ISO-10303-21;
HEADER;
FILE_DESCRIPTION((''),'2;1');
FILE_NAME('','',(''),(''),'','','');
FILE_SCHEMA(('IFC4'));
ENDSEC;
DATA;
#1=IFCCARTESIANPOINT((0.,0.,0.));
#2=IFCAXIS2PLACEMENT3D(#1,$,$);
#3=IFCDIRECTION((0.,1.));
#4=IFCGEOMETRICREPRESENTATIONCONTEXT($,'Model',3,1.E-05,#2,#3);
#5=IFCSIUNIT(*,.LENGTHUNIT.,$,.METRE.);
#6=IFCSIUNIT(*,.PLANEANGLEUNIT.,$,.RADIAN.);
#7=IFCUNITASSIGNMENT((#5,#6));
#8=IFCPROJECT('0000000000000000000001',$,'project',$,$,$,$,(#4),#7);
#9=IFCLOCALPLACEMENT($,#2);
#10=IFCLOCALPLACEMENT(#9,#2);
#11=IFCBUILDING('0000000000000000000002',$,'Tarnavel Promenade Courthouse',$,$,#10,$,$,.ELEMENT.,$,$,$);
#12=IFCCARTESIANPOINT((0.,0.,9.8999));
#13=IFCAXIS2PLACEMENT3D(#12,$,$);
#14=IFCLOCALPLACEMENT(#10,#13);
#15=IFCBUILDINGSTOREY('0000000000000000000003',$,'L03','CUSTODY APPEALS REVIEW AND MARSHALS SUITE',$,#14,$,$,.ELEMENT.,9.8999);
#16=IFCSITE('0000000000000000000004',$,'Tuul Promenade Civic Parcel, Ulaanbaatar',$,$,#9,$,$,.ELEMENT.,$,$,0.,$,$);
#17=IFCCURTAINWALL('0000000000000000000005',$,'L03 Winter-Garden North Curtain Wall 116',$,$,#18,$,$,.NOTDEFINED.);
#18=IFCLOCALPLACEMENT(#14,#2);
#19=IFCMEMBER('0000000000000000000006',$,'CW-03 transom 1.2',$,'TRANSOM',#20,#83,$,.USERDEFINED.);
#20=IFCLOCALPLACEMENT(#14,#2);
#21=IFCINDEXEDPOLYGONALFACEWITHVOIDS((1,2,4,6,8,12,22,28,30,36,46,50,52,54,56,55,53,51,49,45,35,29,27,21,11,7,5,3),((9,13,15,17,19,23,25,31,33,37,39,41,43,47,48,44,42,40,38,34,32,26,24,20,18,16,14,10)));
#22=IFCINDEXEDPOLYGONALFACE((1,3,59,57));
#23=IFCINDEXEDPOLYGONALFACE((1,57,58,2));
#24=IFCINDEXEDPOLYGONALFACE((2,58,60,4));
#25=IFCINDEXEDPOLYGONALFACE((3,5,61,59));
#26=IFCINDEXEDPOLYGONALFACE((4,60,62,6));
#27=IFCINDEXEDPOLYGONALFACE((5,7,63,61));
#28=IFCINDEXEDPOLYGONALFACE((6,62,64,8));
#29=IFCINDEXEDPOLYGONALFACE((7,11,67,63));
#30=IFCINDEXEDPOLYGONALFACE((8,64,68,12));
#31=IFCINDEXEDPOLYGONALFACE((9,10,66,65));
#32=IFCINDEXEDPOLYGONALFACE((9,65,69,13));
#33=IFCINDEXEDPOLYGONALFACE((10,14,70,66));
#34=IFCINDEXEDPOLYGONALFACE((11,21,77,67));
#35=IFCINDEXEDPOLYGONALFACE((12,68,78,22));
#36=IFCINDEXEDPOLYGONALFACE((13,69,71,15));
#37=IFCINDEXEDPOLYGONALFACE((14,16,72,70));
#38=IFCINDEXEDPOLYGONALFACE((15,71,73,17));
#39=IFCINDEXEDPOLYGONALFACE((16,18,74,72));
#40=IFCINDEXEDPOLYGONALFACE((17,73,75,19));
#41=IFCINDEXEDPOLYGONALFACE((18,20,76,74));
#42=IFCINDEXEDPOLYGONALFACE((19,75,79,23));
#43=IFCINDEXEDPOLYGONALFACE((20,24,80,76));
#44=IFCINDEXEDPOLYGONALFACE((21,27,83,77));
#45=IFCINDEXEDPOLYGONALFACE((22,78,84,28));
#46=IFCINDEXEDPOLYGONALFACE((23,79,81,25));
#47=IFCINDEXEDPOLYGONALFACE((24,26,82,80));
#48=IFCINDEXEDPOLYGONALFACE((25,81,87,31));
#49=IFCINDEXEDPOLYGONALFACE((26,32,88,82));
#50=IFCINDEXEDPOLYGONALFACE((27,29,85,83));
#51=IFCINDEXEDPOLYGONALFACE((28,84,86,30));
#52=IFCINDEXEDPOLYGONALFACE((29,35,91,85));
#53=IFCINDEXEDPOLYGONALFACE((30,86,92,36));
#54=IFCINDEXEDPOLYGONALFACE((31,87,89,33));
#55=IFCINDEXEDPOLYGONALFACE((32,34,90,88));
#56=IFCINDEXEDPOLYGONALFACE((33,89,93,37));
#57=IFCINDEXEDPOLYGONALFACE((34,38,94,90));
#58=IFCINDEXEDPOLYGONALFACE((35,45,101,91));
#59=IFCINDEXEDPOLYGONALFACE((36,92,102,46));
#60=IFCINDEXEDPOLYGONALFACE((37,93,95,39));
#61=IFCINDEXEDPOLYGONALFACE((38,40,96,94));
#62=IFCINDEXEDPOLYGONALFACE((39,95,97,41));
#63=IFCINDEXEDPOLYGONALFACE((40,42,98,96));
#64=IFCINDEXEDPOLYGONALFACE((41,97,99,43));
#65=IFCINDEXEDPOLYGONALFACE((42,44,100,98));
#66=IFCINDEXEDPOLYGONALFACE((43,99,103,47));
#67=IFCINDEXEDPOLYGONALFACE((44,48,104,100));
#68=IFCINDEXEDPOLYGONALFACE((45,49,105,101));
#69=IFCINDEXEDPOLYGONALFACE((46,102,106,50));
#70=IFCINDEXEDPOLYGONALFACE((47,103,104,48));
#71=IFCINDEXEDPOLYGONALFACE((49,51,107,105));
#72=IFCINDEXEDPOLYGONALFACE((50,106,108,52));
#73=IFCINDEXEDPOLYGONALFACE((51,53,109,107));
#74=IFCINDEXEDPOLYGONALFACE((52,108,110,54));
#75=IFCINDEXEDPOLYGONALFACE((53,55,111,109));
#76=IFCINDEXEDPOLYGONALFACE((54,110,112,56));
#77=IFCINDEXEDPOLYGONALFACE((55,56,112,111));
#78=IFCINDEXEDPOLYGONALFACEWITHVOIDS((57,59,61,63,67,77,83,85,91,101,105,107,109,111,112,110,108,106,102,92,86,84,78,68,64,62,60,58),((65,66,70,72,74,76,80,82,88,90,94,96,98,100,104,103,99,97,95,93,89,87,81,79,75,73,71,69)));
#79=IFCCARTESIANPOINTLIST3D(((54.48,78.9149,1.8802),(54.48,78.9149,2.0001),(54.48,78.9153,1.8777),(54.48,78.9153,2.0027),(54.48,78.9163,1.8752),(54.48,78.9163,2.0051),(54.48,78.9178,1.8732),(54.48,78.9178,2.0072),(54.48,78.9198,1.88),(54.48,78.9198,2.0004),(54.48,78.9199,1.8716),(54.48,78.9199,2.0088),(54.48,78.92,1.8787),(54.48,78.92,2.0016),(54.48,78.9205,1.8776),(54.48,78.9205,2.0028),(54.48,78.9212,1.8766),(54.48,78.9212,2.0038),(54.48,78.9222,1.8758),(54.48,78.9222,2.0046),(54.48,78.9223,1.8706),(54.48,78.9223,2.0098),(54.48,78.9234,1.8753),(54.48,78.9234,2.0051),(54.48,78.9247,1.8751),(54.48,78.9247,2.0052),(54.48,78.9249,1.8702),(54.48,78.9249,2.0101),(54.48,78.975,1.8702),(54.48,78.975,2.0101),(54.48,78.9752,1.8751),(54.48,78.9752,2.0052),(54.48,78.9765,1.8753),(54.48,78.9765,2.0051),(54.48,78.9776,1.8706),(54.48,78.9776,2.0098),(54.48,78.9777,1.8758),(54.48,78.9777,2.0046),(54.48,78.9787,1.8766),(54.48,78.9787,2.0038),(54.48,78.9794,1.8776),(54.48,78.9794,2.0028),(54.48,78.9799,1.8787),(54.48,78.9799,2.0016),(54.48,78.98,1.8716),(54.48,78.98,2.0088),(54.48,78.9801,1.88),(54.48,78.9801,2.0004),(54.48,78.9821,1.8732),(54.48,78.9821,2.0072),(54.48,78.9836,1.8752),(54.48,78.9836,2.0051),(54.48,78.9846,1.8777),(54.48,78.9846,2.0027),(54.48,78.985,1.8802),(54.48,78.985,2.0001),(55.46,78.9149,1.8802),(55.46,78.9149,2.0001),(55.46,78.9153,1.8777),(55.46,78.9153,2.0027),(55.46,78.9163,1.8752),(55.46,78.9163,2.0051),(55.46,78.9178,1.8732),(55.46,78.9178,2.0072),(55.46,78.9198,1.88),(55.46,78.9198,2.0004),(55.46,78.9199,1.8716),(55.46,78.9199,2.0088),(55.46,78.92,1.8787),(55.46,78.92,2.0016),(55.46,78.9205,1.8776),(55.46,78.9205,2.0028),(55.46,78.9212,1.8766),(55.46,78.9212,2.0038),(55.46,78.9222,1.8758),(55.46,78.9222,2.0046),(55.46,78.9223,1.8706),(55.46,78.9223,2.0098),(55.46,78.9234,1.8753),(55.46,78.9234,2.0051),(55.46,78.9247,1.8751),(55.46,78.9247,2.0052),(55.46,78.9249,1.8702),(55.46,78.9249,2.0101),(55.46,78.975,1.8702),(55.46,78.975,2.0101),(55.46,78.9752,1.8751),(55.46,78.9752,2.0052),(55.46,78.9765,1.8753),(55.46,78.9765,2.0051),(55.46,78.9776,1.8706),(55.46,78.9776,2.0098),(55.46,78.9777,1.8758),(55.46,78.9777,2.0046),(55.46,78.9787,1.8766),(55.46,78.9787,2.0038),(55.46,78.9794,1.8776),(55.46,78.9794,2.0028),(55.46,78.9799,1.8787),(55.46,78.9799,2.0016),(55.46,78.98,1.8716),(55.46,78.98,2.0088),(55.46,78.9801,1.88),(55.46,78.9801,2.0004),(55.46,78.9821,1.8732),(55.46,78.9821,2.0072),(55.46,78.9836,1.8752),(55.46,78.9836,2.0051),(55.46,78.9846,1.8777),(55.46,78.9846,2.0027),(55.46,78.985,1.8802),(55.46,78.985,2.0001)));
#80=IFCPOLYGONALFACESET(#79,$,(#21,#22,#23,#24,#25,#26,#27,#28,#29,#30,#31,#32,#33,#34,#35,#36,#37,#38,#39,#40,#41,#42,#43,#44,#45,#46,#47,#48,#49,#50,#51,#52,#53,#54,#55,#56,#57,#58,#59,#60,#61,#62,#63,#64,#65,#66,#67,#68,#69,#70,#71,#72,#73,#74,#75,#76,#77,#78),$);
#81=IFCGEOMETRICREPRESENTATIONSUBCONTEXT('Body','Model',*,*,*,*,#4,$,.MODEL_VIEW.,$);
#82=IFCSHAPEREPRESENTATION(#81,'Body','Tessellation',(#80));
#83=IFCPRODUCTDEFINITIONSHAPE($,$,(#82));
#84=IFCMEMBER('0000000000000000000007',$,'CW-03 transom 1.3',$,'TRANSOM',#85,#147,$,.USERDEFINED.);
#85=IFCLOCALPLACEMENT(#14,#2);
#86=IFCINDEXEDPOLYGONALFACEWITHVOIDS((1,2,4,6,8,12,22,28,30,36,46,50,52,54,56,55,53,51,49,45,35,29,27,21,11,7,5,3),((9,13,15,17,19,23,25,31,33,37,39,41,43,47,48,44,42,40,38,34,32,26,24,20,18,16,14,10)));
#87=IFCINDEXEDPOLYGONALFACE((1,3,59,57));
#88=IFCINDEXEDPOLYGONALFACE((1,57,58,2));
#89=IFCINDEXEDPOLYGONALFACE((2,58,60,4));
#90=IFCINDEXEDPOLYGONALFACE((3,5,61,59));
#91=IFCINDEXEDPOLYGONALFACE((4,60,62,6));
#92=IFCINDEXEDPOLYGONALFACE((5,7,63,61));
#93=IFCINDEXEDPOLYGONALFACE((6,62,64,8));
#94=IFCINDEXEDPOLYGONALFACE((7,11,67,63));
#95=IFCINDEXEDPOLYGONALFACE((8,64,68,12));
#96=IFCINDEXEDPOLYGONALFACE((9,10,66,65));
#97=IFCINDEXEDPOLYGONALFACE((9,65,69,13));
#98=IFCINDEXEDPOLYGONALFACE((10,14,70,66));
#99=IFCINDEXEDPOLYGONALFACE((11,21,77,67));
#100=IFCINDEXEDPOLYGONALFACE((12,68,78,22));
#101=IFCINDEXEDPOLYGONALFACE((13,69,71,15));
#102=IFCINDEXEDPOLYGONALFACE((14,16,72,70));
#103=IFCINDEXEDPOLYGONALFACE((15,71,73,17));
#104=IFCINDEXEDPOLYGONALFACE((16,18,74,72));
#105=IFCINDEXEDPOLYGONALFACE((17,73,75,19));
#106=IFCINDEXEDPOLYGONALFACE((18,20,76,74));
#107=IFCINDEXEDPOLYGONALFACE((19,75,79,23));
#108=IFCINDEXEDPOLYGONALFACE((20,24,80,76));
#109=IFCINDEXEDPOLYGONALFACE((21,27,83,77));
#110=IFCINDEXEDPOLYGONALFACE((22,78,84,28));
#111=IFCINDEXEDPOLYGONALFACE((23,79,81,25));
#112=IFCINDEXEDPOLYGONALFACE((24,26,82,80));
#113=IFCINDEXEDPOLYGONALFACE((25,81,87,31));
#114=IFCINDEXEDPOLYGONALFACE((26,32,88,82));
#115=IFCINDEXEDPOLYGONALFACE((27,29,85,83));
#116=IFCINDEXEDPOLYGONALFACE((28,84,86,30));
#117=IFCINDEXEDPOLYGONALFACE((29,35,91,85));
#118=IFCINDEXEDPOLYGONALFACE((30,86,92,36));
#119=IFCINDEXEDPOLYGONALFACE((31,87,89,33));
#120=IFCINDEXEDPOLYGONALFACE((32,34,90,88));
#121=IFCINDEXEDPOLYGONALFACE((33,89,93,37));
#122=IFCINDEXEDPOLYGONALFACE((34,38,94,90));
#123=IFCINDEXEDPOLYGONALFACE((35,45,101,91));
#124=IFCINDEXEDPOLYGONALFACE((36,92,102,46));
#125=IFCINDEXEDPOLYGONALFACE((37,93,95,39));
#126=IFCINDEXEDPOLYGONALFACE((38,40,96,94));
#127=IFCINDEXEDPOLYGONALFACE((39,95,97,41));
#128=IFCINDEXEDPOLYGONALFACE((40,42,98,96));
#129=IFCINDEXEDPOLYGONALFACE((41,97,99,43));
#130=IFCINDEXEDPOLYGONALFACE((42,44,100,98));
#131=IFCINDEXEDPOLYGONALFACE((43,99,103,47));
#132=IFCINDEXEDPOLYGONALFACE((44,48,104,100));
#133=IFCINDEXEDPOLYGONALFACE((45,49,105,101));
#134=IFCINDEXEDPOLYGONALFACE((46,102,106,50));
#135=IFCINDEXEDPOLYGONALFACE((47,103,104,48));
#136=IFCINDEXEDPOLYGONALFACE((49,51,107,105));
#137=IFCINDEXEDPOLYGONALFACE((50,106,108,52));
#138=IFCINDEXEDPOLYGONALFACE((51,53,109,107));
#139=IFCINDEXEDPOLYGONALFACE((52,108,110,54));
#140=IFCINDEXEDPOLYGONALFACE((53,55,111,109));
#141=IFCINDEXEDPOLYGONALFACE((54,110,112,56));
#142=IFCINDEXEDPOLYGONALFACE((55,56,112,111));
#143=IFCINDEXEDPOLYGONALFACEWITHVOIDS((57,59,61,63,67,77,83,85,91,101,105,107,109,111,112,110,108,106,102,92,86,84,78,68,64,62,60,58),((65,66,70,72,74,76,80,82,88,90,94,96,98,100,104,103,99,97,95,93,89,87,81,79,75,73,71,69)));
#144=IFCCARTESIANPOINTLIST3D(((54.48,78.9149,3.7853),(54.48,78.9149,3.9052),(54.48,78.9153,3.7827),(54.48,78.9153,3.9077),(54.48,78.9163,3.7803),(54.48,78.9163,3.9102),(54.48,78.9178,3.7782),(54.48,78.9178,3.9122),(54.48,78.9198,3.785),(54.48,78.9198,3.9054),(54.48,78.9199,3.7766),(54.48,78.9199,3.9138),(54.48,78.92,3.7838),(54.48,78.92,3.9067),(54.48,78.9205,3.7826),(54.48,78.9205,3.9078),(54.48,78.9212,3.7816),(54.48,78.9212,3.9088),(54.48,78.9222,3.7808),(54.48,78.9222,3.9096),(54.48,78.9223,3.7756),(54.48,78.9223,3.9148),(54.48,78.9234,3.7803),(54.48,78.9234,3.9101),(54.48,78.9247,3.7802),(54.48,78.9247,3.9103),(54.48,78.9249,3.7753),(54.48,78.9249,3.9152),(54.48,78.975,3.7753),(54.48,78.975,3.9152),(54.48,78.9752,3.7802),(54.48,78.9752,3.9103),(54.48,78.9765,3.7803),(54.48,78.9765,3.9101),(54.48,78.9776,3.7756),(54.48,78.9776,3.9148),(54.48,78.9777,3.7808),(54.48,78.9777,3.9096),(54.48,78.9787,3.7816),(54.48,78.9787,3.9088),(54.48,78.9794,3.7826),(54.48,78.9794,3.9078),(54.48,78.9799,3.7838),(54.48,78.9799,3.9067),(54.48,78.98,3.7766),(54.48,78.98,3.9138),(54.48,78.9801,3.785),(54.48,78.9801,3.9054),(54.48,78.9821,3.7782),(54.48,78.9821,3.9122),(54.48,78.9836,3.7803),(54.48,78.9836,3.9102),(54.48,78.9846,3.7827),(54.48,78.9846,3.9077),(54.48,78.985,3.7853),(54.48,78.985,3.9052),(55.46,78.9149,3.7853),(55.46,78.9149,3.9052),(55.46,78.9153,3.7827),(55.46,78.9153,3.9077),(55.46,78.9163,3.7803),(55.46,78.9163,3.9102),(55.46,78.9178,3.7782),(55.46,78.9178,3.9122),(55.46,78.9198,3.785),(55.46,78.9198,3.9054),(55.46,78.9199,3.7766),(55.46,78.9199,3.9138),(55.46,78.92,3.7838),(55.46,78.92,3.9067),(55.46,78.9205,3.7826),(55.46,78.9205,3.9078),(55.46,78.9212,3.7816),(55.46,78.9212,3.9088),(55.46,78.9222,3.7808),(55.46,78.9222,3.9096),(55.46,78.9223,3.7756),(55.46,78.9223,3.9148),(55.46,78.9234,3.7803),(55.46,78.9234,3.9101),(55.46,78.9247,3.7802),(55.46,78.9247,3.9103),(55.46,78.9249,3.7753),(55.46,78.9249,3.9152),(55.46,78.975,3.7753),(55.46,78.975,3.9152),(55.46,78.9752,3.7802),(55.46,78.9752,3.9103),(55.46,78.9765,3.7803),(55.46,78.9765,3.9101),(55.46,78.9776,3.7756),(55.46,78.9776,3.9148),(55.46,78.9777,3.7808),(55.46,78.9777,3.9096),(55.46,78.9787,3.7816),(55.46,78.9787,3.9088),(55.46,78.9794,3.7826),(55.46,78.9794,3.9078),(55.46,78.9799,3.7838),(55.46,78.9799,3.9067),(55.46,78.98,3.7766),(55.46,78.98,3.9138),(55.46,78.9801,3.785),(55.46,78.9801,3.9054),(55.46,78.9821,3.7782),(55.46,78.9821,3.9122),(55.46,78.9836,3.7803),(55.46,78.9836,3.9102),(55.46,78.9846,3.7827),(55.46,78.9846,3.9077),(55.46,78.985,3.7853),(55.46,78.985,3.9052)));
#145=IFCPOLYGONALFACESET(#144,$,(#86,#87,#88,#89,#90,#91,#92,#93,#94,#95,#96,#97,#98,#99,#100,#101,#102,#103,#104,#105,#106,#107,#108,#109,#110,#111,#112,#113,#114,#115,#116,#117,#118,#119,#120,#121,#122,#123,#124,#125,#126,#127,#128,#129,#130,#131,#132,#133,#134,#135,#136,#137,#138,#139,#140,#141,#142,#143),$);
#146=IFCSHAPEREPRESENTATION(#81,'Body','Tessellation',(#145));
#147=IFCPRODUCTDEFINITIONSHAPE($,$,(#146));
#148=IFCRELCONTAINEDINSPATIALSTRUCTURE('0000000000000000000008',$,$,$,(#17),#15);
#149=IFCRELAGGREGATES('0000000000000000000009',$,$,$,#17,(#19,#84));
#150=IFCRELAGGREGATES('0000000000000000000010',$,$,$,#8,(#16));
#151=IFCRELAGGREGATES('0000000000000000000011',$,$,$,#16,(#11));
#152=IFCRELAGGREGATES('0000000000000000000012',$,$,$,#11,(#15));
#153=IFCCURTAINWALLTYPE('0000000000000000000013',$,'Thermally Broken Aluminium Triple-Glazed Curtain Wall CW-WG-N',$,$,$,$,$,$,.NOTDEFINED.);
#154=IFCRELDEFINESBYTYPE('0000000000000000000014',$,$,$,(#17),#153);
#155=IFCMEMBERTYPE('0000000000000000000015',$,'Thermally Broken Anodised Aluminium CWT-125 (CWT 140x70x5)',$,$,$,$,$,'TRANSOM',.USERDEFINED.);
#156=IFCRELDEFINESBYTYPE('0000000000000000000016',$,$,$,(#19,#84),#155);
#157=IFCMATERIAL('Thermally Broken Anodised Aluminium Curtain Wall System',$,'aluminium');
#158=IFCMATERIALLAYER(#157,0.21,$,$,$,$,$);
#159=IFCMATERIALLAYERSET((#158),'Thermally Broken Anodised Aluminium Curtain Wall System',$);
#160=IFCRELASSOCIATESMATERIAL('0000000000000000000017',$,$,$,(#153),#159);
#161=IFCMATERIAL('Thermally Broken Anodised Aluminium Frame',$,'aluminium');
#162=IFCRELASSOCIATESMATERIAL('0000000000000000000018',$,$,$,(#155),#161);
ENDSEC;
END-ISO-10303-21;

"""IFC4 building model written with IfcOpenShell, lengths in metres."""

from ifc_helpers import new_model, si_unit, direction, frame, origin, origin_2d, place, context, subcontext, project, spatial, hollow_rectangle, extrude, material, layer, layer_set, material_profile, profile_set, type_object, element, aggregate, save


model = new_model("IFC4")

# Units and contexts
model_context = context("Model", 3, precision=1e-05, world=origin(), true_north=direction((0.0, 1.0)))
body_context = subcontext(model_context, "Body", "Model", "MODEL_VIEW")
ifc_project = project(units=[si_unit("LENGTHUNIT", "METRE"), si_unit("PLANEANGLEUNIT", "RADIAN")], contexts=[model_context])

# Site, building, storey
site_placement = place(None, origin())
site = spatial("IfcSite", under=ifc_project, at=site_placement, Name="Tuul Promenade Civic Parcel, Ulaanbaatar", CompositionType="ELEMENT", RefElevation=0.0)
building_placement = place(site_placement, origin())
building = spatial("IfcBuilding", under=site, at=building_placement, Name="Tarnavel Promenade Courthouse", CompositionType="ELEMENT")
storey_placement = place(building_placement, frame((0.0, 0.0, 9.8999)))
storey = spatial("IfcBuildingStorey", under=building, at=storey_placement, Name="L03", Description="CUSTODY APPEALS REVIEW AND MARSHALS SUITE", CompositionType="ELEMENT", Elevation=9.8999)

# Shared definitions
ifc_material_1 = material(Name="Thermally Broken Anodised Aluminium Curtain Wall System", Category="aluminium")
ifc_layer_1 = layer(ifc_material_1, 0.21)
ifc_layer_set_1 = layer_set([ifc_layer_1], Name="Thermally Broken Anodised Aluminium Curtain Wall System")
curtain_wall_type = type_object("IfcCurtainWallType", Name="Thermally Broken Aluminium Triple-Glazed Curtain Wall CW-WG-N", PredefinedType="NOTDEFINED", material=ifc_layer_set_1)
ifc_material_2 = material(Name="Thermally Broken Anodised Aluminium Frame", Category="aluminium")

# Curtain wall, members
curtain_wall_1_placement = place(storey_placement, origin())
curtain_wall_1 = element("IfcCurtainWall", 1, at=curtain_wall_1_placement, inside=storey, type_object=curtain_wall_type, Name="L03 Winter-Garden North Curtain Wall 116", PredefinedType="NOTDEFINED")
ifc_material_profile_1 = material_profile(ifc_material_2, hollow_rectangle(XDim=0.0701, YDim=0.1399, WallThickness=0.0049, InnerFilletRadius=0.0049, OuterFilletRadius=0.01, at=origin_2d()), Name="CWT 140x70x5")
ifc_profile_set_1 = profile_set([ifc_material_profile_1], Name="Thermally Broken Anodised Aluminium Frame")
member_type_1 = type_object("IfcMemberType", Name="Thermally Broken Anodised Aluminium CWT-125 (CWT 140x70x5)", ElementType="TRANSOM", PredefinedType="USERDEFINED", material=ifc_profile_set_1)
member_1_placement = place(storey_placement, frame((54.48, 78.95, 1.9402), z_axis=(1.0, 0.0, 0.0), x_axis=(0.0, 1.0, 0.0)))
member_1 = element("IfcMember", 2, at=member_1_placement, type_object=member_type_1, Name="CW-03 transom 1.2", ObjectType="TRANSOM", PredefinedType="USERDEFINED", context=body_context, shape_type="SweptSolid", body=[
    extrude(hollow_rectangle(XDim=0.0701, YDim=0.1399, WallThickness=0.0049, InnerFilletRadius=0.0049, OuterFilletRadius=0.01, at=origin_2d()), origin(), (0.0, 0.0, 1.0), 0.98),
])
member_2_placement = place(storey_placement, frame((54.48, 78.95, 3.8452), z_axis=(1.0, 0.0, 0.0), x_axis=(0.0, 1.0, 0.0)))
member_2 = element("IfcMember", 3, at=member_2_placement, type_object=member_type_1, Name="CW-03 transom 1.3", ObjectType="TRANSOM", PredefinedType="USERDEFINED", context=body_context, shape_type="SweptSolid", body=[
    extrude(hollow_rectangle(XDim=0.0701, YDim=0.1399, WallThickness=0.0049, InnerFilletRadius=0.0049, OuterFilletRadius=0.01, at=origin_2d()), origin(), (0.0, 0.0, 1.0), 0.98),
])

aggregate(curtain_wall_1, [member_1, member_2])

save(model, "model.ifc")
